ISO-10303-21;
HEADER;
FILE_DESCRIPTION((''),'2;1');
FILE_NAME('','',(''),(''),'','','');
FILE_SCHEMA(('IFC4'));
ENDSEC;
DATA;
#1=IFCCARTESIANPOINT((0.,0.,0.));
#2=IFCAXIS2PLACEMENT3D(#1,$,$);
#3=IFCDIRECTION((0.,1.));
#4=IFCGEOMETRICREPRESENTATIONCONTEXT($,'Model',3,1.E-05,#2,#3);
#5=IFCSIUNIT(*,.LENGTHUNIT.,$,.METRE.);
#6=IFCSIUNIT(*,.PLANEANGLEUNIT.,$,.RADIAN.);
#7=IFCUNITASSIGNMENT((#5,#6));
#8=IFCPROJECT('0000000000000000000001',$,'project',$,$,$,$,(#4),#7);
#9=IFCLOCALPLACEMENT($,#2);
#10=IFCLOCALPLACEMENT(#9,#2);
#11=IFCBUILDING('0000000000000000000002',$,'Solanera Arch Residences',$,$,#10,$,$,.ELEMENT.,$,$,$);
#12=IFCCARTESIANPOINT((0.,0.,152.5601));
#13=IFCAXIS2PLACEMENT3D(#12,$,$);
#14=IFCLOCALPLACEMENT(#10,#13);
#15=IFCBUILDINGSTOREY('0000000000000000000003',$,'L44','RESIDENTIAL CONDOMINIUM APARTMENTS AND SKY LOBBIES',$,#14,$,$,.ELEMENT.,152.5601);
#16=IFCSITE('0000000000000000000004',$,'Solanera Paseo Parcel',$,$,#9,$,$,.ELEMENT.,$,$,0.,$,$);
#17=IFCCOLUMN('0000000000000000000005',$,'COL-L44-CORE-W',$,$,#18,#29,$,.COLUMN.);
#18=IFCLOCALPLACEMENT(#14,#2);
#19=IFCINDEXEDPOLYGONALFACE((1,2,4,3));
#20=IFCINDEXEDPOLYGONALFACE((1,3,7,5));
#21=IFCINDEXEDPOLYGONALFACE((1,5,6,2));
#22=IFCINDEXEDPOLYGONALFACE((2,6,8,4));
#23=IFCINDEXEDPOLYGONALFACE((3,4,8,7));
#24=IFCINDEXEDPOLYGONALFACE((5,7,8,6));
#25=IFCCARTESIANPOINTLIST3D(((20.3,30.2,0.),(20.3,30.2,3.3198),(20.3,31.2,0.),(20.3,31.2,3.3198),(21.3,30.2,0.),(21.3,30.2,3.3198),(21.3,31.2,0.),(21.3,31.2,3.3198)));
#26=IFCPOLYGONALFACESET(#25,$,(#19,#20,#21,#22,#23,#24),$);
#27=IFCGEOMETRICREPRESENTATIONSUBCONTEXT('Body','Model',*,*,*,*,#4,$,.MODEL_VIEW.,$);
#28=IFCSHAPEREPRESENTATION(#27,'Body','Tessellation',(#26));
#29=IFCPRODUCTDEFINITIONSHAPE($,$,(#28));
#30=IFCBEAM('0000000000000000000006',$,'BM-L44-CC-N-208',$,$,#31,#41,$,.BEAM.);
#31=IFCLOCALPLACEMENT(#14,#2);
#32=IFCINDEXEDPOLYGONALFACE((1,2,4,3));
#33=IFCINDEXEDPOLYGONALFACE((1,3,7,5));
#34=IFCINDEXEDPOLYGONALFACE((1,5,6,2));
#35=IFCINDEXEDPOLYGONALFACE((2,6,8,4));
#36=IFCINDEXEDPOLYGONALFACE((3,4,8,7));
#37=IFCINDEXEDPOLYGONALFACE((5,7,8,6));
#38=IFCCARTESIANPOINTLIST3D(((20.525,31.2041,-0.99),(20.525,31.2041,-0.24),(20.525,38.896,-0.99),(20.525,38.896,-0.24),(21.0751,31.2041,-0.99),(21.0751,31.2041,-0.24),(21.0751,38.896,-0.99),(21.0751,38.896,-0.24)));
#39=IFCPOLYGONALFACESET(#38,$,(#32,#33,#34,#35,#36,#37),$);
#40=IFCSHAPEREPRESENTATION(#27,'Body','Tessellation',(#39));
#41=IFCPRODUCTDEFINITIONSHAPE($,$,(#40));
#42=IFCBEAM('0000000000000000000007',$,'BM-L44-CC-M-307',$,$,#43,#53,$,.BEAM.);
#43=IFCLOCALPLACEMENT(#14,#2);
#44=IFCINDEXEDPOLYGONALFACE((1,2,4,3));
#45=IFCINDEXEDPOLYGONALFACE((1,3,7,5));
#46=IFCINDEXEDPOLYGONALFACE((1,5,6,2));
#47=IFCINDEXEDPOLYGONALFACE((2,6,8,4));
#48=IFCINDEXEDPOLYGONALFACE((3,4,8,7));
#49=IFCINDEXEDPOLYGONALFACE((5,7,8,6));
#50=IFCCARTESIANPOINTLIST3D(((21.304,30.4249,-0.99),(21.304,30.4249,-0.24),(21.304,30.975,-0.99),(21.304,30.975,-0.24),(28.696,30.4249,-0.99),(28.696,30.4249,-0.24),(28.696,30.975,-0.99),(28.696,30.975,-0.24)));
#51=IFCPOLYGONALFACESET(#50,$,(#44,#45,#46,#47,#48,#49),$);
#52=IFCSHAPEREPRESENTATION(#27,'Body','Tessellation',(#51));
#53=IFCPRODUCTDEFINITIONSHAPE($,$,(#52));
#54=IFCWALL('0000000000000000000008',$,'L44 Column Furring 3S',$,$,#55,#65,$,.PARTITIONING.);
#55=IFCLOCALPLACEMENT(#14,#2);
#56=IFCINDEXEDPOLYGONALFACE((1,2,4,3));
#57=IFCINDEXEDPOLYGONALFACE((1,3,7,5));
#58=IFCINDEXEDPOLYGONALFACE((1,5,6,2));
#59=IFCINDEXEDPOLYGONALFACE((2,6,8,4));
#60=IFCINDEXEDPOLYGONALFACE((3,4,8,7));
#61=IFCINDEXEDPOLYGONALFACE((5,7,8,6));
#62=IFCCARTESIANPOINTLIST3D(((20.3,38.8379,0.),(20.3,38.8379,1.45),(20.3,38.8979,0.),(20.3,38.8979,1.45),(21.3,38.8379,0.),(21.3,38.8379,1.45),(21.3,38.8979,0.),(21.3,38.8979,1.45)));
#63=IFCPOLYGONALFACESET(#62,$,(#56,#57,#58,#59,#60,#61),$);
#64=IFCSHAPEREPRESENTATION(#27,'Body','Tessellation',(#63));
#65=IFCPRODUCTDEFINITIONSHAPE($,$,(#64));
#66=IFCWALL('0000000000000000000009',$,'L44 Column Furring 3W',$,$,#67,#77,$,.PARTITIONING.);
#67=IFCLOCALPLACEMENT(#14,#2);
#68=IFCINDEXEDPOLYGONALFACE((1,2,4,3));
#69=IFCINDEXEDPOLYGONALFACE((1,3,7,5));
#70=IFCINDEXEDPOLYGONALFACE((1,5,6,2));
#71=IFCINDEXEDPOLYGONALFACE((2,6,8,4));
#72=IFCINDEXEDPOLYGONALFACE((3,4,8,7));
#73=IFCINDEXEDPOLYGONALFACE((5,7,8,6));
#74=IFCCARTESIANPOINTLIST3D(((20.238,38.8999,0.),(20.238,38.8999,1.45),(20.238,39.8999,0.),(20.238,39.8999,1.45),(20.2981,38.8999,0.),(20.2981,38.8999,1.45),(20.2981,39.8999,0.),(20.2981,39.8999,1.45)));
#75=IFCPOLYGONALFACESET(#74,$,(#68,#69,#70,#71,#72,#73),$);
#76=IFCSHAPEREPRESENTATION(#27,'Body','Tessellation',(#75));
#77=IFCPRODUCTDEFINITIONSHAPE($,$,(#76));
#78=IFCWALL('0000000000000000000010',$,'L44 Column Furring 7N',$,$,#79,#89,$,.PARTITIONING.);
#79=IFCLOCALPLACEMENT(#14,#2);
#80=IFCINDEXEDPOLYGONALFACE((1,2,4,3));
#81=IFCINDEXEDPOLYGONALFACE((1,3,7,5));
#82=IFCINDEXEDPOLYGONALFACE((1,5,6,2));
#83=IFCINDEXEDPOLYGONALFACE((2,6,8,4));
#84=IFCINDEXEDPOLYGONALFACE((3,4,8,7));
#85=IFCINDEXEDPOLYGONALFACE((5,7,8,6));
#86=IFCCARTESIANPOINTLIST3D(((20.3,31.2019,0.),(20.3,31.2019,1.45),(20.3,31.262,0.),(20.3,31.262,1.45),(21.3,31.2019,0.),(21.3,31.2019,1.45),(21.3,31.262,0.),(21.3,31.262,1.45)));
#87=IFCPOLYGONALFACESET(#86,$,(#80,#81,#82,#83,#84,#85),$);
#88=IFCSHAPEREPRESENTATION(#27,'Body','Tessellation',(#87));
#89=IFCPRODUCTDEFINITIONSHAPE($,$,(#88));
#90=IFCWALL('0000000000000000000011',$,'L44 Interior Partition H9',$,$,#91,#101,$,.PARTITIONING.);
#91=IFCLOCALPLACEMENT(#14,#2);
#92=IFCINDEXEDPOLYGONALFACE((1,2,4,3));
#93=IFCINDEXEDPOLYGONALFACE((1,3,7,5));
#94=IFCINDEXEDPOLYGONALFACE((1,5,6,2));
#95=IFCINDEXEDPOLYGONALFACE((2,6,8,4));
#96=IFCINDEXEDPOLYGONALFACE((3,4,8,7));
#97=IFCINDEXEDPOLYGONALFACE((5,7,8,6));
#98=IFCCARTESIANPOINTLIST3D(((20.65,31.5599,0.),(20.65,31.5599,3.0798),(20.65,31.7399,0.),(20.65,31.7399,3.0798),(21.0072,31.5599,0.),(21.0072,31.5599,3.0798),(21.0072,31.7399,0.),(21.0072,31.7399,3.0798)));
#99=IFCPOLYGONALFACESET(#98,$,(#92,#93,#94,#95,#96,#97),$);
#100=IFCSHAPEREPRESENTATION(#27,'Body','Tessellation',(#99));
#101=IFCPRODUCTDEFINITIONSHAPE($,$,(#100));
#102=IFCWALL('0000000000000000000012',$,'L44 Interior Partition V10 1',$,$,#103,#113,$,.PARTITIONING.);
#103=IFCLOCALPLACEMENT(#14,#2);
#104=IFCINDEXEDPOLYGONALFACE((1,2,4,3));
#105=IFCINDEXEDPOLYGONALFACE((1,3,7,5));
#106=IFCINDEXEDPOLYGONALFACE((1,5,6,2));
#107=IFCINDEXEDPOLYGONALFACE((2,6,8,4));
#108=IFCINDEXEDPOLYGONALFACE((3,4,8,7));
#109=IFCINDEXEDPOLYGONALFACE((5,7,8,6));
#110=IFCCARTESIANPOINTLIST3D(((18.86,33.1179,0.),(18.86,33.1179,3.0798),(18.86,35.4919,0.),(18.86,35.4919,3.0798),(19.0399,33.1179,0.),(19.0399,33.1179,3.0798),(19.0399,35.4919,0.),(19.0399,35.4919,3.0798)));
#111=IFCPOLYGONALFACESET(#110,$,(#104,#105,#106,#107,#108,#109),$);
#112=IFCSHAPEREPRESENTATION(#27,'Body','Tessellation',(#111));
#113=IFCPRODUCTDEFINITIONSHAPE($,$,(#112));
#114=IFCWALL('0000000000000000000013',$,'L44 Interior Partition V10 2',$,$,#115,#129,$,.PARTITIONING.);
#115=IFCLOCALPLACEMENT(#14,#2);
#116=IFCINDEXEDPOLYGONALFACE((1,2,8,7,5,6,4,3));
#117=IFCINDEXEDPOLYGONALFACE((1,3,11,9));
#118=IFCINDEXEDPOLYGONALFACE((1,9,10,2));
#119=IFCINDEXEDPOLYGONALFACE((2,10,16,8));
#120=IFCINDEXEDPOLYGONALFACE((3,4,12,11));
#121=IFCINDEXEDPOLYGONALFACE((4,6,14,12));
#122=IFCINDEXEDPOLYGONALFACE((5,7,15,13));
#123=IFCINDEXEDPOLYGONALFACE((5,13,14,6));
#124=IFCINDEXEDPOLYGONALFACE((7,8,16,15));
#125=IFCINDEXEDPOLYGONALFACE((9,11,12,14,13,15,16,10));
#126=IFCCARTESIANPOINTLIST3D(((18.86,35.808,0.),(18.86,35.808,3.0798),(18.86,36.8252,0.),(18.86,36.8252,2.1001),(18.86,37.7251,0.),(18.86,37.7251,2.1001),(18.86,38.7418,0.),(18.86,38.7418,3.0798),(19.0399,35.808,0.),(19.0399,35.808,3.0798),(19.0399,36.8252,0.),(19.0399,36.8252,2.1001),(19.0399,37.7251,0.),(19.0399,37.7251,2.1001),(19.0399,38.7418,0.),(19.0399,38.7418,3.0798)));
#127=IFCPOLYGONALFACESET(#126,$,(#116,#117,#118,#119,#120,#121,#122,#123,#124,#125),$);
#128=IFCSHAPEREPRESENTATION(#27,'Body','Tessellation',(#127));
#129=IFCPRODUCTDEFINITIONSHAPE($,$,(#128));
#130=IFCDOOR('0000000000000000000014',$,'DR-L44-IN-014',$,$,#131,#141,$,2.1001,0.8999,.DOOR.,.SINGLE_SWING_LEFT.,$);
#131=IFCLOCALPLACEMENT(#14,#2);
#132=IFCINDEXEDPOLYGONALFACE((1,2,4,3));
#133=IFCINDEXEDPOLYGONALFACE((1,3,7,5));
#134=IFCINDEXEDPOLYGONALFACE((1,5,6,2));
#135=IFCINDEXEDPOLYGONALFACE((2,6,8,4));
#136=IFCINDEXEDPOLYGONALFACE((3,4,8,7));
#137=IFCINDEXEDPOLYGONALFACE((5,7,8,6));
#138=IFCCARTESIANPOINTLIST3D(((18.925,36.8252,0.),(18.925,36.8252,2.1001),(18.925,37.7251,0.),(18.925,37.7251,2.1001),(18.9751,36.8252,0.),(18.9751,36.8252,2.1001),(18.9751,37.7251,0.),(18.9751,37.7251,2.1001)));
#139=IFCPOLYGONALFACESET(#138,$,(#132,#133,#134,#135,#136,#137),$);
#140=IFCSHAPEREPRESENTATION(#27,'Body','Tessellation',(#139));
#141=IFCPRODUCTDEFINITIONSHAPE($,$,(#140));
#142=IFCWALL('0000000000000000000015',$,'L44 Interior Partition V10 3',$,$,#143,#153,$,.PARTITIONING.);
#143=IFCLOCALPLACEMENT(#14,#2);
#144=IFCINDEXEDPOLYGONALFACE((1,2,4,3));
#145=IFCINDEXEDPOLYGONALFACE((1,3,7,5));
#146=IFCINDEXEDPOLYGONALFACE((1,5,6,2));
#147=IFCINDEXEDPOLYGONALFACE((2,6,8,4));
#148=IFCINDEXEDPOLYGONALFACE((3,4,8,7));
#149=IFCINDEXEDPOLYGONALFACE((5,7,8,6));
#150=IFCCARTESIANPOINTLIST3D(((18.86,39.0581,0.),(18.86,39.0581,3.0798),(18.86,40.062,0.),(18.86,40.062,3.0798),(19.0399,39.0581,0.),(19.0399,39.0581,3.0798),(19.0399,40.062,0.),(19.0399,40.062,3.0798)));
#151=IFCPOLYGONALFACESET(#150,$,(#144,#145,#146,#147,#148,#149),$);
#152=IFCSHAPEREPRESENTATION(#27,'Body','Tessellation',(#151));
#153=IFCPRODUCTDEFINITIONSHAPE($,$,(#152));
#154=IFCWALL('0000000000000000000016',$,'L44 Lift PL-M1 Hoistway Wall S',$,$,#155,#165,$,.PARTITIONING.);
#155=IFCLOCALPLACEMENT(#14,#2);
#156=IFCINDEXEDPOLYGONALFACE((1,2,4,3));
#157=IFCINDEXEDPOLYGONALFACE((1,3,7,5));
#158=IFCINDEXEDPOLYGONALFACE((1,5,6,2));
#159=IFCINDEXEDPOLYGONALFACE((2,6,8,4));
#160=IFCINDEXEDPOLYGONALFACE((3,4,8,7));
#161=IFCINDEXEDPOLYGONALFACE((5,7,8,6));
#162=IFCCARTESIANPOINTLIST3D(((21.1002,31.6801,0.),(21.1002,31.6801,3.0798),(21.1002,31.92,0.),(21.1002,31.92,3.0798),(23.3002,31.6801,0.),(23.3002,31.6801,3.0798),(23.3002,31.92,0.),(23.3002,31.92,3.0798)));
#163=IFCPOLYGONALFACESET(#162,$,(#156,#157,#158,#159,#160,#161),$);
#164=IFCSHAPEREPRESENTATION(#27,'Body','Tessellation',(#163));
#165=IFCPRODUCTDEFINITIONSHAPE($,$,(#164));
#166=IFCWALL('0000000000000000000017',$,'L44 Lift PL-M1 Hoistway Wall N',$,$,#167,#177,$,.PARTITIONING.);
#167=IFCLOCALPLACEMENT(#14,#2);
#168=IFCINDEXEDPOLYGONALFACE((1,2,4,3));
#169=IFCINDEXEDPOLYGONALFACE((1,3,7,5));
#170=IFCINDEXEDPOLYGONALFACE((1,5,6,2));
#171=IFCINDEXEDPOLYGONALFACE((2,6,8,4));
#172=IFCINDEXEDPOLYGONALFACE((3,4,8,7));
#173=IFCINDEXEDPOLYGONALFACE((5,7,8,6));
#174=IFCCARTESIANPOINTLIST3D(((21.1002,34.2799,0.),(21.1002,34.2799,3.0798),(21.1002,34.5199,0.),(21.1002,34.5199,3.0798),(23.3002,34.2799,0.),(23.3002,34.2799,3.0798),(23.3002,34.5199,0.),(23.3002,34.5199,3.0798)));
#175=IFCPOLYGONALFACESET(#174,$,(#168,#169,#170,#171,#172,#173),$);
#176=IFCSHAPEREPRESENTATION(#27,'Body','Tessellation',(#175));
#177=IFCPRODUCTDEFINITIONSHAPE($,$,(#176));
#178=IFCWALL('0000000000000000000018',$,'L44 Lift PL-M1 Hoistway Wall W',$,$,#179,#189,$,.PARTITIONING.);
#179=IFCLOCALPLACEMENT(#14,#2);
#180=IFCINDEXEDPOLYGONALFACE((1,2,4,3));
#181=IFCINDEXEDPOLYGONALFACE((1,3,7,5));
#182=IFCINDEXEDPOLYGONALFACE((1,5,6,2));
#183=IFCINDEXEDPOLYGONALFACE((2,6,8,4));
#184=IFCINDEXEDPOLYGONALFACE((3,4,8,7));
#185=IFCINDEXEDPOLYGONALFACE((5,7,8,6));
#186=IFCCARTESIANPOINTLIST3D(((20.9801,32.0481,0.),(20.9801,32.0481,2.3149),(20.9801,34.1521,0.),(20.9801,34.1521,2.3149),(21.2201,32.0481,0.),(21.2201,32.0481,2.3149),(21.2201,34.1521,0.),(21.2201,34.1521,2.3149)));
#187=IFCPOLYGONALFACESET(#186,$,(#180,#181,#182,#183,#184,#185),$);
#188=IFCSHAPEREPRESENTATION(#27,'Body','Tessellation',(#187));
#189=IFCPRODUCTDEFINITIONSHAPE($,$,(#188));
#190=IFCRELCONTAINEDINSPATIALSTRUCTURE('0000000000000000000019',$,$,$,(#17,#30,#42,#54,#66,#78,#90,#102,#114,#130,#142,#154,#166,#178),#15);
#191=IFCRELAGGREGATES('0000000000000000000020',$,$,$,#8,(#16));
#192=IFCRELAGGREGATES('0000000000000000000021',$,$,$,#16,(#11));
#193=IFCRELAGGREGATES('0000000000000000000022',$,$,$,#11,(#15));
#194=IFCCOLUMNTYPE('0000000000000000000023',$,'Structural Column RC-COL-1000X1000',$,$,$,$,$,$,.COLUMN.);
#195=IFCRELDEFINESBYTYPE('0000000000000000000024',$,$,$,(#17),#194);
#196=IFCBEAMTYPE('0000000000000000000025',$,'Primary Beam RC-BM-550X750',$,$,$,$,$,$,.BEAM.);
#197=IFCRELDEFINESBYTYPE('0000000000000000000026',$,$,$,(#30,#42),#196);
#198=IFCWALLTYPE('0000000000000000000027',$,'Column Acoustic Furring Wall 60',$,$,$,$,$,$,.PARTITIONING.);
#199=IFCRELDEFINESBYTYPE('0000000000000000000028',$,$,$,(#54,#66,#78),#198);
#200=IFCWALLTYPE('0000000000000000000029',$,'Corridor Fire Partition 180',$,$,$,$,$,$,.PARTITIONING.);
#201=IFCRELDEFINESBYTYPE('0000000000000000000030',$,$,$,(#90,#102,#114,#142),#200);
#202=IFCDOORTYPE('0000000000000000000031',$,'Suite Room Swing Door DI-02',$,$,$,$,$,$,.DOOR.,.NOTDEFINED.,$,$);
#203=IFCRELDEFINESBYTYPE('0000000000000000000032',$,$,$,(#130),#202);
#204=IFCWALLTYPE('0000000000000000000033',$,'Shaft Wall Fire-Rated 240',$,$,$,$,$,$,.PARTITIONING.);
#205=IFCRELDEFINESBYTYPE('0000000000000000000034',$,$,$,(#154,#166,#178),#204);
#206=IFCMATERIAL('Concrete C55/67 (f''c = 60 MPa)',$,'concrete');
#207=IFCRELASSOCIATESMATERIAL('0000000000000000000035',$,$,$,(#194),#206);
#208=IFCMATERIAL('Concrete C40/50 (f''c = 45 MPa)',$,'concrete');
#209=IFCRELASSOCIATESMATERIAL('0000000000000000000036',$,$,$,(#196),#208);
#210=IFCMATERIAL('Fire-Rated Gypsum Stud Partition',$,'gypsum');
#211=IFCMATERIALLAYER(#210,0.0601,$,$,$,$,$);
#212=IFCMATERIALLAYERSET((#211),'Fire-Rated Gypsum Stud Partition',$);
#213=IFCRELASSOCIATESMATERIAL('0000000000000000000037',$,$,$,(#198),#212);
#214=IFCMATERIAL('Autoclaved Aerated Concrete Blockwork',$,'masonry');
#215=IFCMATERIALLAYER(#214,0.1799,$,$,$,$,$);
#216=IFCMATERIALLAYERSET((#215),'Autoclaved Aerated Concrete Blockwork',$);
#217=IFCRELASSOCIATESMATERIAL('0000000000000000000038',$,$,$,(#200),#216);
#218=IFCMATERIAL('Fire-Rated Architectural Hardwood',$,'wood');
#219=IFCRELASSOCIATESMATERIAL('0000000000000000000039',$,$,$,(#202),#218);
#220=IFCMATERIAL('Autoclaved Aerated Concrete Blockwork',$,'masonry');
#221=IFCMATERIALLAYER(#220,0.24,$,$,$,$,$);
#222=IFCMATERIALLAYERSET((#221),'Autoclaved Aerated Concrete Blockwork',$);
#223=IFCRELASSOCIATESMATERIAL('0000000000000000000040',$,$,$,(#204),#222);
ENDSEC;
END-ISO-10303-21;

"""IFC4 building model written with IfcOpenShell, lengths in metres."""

from ifc_helpers import new_model, si_unit, direction, frame, frame_2d, origin, origin_2d, place, context, subcontext, project, spatial, rectangle, extrude, material, layer, layer_set, material_profile, profile_set, type_object, element, fill, save


model = new_model("IFC4")

# Units and contexts
model_context = context("Model", 3, precision=1e-05, world=origin(), true_north=direction((0.0, 1.0)))
body_context = subcontext(model_context, "Body", "Model", "MODEL_VIEW")
ifc_project = project(units=[si_unit("LENGTHUNIT", "METRE"), si_unit("PLANEANGLEUNIT", "RADIAN")], contexts=[model_context])

# Site, building, storey
site_placement = place(None, origin())
site = spatial("IfcSite", under=ifc_project, at=site_placement, Name="Solanera Paseo Parcel", CompositionType="ELEMENT", RefElevation=0.0)
building_placement = place(site_placement, origin())
building = spatial("IfcBuilding", under=site, at=building_placement, Name="Solanera Arch Residences", CompositionType="ELEMENT")
storey_placement = place(building_placement, frame((0.0, 0.0, 152.5601)))
storey = spatial("IfcBuildingStorey", under=building, at=storey_placement, Name="L44", Description="RESIDENTIAL CONDOMINIUM APARTMENTS AND SKY LOBBIES", CompositionType="ELEMENT", Elevation=152.5601)

# Column
ifc_material_1 = material(Name="Concrete C55/67 (f'c = 60 MPa)", Category="concrete")
ifc_material_profile_1 = material_profile(ifc_material_1, rectangle(XDim=1.0, YDim=1.0, at=origin_2d()))
ifc_profile_set_1 = profile_set([ifc_material_profile_1], Name="Concrete C55/67 (f'c = 60 MPa)")
column_type = type_object("IfcColumnType", Name="Structural Column RC-COL-1000X1000", PredefinedType="COLUMN", material=ifc_profile_set_1)
column_placement = place(storey_placement, frame((20.8, 30.7, 0.0), z_axis=(0.0, 0.0, 1.0), x_axis=(1.0, 0.0, 0.0)))
element("IfcColumn", 1, at=column_placement, inside=storey, type_object=column_type, Name="COL-L44-CORE-W", PredefinedType="COLUMN", context=body_context, shape_type="SweptSolid", body=[
    extrude(rectangle(XDim=1.0, YDim=1.0, at=origin_2d()), origin(), (0.0, 0.0, 1.0), 3.3198),
])

# Beams
ifc_material_2 = material(Name="Concrete C40/50 (f'c = 45 MPa)", Category="concrete")
ifc_material_profile_2 = material_profile(ifc_material_2, rectangle(XDim=0.55, YDim=0.75, at=origin_2d()))
ifc_profile_set_2 = profile_set([ifc_material_profile_2], Name="Concrete C40/50 (f'c = 45 MPa)")
beam_type = type_object("IfcBeamType", Name="Primary Beam RC-BM-550X750", PredefinedType="BEAM", material=ifc_profile_set_2)
beam_1_placement = place(storey_placement, frame((20.8, 31.2041, -0.615), z_axis=(0.0, 1.0, 0.0), x_axis=(-1.0, 0.0, 0.0)))
element("IfcBeam", 2, at=beam_1_placement, inside=storey, type_object=beam_type, Name="BM-L44-CC-N-208", PredefinedType="BEAM", context=body_context, shape_type="SweptSolid", body=[
    extrude(rectangle(XDim=0.55, YDim=0.75, at=origin_2d()), origin(), (0.0, 0.0, 1.0), 7.6919),
])
beam_2_placement = place(storey_placement, frame((21.304, 30.7, -0.615), z_axis=(1.0, 0.0, 0.0), x_axis=(0.0, 1.0, 0.0)))
element("IfcBeam", 3, at=beam_2_placement, inside=storey, type_object=beam_type, Name="BM-L44-CC-M-307", PredefinedType="BEAM", context=body_context, shape_type="SweptSolid", body=[
    extrude(rectangle(XDim=0.55, YDim=0.75, at=origin_2d()), origin(), (0.0, 0.0, 1.0), 7.3921),
])

# Walls
ifc_material_3 = material(Name="Fire-Rated Gypsum Stud Partition", Category="gypsum")
ifc_layer_1 = layer(ifc_material_3, 0.0601)
ifc_layer_set_1 = layer_set([ifc_layer_1], Name="Fire-Rated Gypsum Stud Partition")
wall_type_1 = type_object("IfcWallType", Name="Column Acoustic Furring Wall 60", PredefinedType="PARTITIONING", material=ifc_layer_set_1)
for number, where, z_axis, x_axis, name in (
    (4, (20.3, 38.8679, 0.0), (0.0, 0.0, 1.0), (1.0, 0.0, 0.0), "L44 Column Furring 3S"),
    (5, (20.2681, 38.8999, 0.0), (0.0, 0.0, 1.0), (0.0, 1.0, 0.0), "L44 Column Furring 3W"),
    (6, (20.3, 31.2319, 0.0), (0.0, 0.0, 1.0), (1.0, 0.0, 0.0), "L44 Column Furring 7N"),
):
    element("IfcWall", number, at=place(storey_placement, frame(where, z_axis=z_axis, x_axis=x_axis)), inside=storey, type_object=wall_type_1, Name=name, PredefinedType="PARTITIONING", context=body_context, shape_type="SweptSolid", body=[
        extrude(rectangle(XDim=1.0, YDim=0.0601, at=frame_2d((0.5, 0.0))), origin(), (0.0, 0.0, 1.0), 1.45),
    ])

# Walls
ifc_material_4 = material(Name="Autoclaved Aerated Concrete Blockwork", Category="masonry")
ifc_layer_2 = layer(ifc_material_4, 0.1799)
ifc_layer_set_2 = layer_set([ifc_layer_2], Name="Autoclaved Aerated Concrete Blockwork")
wall_type_2 = type_object("IfcWallType", Name="Corridor Fire Partition 180", PredefinedType="PARTITIONING", material=ifc_layer_set_2)
wall_1_placement = place(storey_placement, frame((20.6499, 31.6499, 0.0), z_axis=(0.0, 0.0, 1.0), x_axis=(1.0, 0.0, 0.0)))
element("IfcWall", 7, at=wall_1_placement, inside=storey, type_object=wall_type_2, Name="L44 Interior Partition H9", PredefinedType="PARTITIONING", context=body_context, shape_type="SweptSolid", body=[
    extrude(rectangle(XDim=0.3572, YDim=0.1799, at=frame_2d((0.1787, 0.0))), origin(), (0.0, 0.0, 1.0), 3.0798),
])
wall_2_placement = place(storey_placement, frame((18.95, 33.1179, 0.0), z_axis=(0.0, 0.0, 1.0), x_axis=(0.0, 1.0, 0.0)))
element("IfcWall", 8, at=wall_2_placement, inside=storey, type_object=wall_type_2, Name="L44 Interior Partition V10 1", PredefinedType="PARTITIONING", context=body_context, shape_type="SweptSolid", body=[
    extrude(rectangle(XDim=2.374, YDim=0.1799, at=frame_2d((1.187, 0.0))), origin(), (0.0, 0.0, 1.0), 3.0798),
])

# Wall, opening, door
wall_3_placement = place(storey_placement, frame((18.95, 35.8081, 0.0), z_axis=(0.0, 0.0, 1.0), x_axis=(0.0, 1.0, 0.0)))
wall_3 = element("IfcWall", 9, at=wall_3_placement, inside=storey, type_object=wall_type_2, Name="L44 Interior Partition V10 2", PredefinedType="PARTITIONING", context=body_context, shape_type="SweptSolid", body=[
    extrude(rectangle(XDim=2.9338, YDim=0.1799, at=frame_2d((1.4668, 0.0))), origin(), (0.0, 0.0, 1.0), 3.0798),
])
opening_1_placement = place(wall_3_placement, frame((1.0171, 0.0, 0.0)))
opening_1 = element("IfcOpeningElement", 10, at=opening_1_placement, cuts=wall_3, PredefinedType="OPENING", context=body_context, shape_type="SweptSolid", body=[
    extrude(rectangle(XDim=0.8999, YDim=2.1001, at=frame_2d((0.45, 1.05))), frame((0.0, 0.1001, 0.0), z_axis=(0.0, -1.0, 0.0), x_axis=(1.0, 0.0, 0.0)), (0.0, 0.0, 1.0), 0.1999),
])
ifc_material_5 = material(Name="Fire-Rated Architectural Hardwood", Category="wood")
door_type_1 = type_object("IfcDoorType", Name="Suite Room Swing Door DI-02", OperationType="NOTDEFINED", PredefinedType="DOOR", material=ifc_material_5)
door_1_placement = place(opening_1_placement, origin())
door_1 = element("IfcDoor", 11, at=door_1_placement, inside=storey, type_object=door_type_1, Name="DR-L44-IN-014", OperationType="SINGLE_SWING_LEFT", OverallHeight=2.1001, OverallWidth=0.8999, PredefinedType="DOOR", context=body_context, shape_type="SweptSolid", body=[
    extrude(rectangle(XDim=0.8999, YDim=2.1001, at=frame_2d((0.45, 1.05))), frame((0.0, 0.0249, 0.0), z_axis=(0.0, -1.0, 0.0), x_axis=(1.0, 0.0, 0.0)), (0.0, 0.0, 1.0), 0.05),
])
fill(opening_1, door_1)

# Walls
wall_4_placement = place(storey_placement, frame((18.95, 39.0581, 0.0), z_axis=(0.0, 0.0, 1.0), x_axis=(0.0, 1.0, 0.0)))
element("IfcWall", 12, at=wall_4_placement, inside=storey, type_object=wall_type_2, Name="L44 Interior Partition V10 3", PredefinedType="PARTITIONING", context=body_context, shape_type="SweptSolid", body=[
    extrude(rectangle(XDim=1.0039, YDim=0.1799, at=frame_2d((0.502, 0.0))), origin(), (0.0, 0.0, 1.0), 3.0798),
])
ifc_material_6 = material(Name="Autoclaved Aerated Concrete Blockwork", Category="masonry")
ifc_layer_3 = layer(ifc_material_6, 0.24)
ifc_layer_set_3 = layer_set([ifc_layer_3], Name="Autoclaved Aerated Concrete Blockwork")
wall_type_3 = type_object("IfcWallType", Name="Shaft Wall Fire-Rated 240", PredefinedType="PARTITIONING", material=ifc_layer_set_3)
for number, where, z_axis, x_axis, name in (
    (13, (21.1001, 31.8, 0.0), (0.0, 0.0, 1.0), (1.0, 0.0, 0.0), "L44 Lift PL-M1 Hoistway Wall S"),
    (14, (21.1001, 34.3999, 0.0), (0.0, 0.0, 1.0), (1.0, 0.0, 0.0), "L44 Lift PL-M1 Hoistway Wall N"),
):
    element("IfcWall", number, at=place(storey_placement, frame(where, z_axis=z_axis, x_axis=x_axis)), inside=storey, type_object=wall_type_3, Name=name, PredefinedType="PARTITIONING", context=body_context, shape_type="SweptSolid", body=[
        extrude(rectangle(XDim=2.2, YDim=0.24, at=frame_2d((1.1001, 0.0))), origin(), (0.0, 0.0, 1.0), 3.0798),
    ])
wall_5_placement = place(storey_placement, frame((21.1001, 32.0481, 0.0), z_axis=(0.0, 0.0, 1.0), x_axis=(0.0, 1.0, 0.0)))
element("IfcWall", 15, at=wall_5_placement, inside=storey, type_object=wall_type_3, Name="L44 Lift PL-M1 Hoistway Wall W", PredefinedType="PARTITIONING", context=body_context, shape_type="SweptSolid", body=[
    extrude(rectangle(XDim=2.104, YDim=0.24, at=frame_2d((1.052, 0.0))), origin(), (0.0, 0.0, 1.0), 2.3149),
])

save(model, "model.ifc")
